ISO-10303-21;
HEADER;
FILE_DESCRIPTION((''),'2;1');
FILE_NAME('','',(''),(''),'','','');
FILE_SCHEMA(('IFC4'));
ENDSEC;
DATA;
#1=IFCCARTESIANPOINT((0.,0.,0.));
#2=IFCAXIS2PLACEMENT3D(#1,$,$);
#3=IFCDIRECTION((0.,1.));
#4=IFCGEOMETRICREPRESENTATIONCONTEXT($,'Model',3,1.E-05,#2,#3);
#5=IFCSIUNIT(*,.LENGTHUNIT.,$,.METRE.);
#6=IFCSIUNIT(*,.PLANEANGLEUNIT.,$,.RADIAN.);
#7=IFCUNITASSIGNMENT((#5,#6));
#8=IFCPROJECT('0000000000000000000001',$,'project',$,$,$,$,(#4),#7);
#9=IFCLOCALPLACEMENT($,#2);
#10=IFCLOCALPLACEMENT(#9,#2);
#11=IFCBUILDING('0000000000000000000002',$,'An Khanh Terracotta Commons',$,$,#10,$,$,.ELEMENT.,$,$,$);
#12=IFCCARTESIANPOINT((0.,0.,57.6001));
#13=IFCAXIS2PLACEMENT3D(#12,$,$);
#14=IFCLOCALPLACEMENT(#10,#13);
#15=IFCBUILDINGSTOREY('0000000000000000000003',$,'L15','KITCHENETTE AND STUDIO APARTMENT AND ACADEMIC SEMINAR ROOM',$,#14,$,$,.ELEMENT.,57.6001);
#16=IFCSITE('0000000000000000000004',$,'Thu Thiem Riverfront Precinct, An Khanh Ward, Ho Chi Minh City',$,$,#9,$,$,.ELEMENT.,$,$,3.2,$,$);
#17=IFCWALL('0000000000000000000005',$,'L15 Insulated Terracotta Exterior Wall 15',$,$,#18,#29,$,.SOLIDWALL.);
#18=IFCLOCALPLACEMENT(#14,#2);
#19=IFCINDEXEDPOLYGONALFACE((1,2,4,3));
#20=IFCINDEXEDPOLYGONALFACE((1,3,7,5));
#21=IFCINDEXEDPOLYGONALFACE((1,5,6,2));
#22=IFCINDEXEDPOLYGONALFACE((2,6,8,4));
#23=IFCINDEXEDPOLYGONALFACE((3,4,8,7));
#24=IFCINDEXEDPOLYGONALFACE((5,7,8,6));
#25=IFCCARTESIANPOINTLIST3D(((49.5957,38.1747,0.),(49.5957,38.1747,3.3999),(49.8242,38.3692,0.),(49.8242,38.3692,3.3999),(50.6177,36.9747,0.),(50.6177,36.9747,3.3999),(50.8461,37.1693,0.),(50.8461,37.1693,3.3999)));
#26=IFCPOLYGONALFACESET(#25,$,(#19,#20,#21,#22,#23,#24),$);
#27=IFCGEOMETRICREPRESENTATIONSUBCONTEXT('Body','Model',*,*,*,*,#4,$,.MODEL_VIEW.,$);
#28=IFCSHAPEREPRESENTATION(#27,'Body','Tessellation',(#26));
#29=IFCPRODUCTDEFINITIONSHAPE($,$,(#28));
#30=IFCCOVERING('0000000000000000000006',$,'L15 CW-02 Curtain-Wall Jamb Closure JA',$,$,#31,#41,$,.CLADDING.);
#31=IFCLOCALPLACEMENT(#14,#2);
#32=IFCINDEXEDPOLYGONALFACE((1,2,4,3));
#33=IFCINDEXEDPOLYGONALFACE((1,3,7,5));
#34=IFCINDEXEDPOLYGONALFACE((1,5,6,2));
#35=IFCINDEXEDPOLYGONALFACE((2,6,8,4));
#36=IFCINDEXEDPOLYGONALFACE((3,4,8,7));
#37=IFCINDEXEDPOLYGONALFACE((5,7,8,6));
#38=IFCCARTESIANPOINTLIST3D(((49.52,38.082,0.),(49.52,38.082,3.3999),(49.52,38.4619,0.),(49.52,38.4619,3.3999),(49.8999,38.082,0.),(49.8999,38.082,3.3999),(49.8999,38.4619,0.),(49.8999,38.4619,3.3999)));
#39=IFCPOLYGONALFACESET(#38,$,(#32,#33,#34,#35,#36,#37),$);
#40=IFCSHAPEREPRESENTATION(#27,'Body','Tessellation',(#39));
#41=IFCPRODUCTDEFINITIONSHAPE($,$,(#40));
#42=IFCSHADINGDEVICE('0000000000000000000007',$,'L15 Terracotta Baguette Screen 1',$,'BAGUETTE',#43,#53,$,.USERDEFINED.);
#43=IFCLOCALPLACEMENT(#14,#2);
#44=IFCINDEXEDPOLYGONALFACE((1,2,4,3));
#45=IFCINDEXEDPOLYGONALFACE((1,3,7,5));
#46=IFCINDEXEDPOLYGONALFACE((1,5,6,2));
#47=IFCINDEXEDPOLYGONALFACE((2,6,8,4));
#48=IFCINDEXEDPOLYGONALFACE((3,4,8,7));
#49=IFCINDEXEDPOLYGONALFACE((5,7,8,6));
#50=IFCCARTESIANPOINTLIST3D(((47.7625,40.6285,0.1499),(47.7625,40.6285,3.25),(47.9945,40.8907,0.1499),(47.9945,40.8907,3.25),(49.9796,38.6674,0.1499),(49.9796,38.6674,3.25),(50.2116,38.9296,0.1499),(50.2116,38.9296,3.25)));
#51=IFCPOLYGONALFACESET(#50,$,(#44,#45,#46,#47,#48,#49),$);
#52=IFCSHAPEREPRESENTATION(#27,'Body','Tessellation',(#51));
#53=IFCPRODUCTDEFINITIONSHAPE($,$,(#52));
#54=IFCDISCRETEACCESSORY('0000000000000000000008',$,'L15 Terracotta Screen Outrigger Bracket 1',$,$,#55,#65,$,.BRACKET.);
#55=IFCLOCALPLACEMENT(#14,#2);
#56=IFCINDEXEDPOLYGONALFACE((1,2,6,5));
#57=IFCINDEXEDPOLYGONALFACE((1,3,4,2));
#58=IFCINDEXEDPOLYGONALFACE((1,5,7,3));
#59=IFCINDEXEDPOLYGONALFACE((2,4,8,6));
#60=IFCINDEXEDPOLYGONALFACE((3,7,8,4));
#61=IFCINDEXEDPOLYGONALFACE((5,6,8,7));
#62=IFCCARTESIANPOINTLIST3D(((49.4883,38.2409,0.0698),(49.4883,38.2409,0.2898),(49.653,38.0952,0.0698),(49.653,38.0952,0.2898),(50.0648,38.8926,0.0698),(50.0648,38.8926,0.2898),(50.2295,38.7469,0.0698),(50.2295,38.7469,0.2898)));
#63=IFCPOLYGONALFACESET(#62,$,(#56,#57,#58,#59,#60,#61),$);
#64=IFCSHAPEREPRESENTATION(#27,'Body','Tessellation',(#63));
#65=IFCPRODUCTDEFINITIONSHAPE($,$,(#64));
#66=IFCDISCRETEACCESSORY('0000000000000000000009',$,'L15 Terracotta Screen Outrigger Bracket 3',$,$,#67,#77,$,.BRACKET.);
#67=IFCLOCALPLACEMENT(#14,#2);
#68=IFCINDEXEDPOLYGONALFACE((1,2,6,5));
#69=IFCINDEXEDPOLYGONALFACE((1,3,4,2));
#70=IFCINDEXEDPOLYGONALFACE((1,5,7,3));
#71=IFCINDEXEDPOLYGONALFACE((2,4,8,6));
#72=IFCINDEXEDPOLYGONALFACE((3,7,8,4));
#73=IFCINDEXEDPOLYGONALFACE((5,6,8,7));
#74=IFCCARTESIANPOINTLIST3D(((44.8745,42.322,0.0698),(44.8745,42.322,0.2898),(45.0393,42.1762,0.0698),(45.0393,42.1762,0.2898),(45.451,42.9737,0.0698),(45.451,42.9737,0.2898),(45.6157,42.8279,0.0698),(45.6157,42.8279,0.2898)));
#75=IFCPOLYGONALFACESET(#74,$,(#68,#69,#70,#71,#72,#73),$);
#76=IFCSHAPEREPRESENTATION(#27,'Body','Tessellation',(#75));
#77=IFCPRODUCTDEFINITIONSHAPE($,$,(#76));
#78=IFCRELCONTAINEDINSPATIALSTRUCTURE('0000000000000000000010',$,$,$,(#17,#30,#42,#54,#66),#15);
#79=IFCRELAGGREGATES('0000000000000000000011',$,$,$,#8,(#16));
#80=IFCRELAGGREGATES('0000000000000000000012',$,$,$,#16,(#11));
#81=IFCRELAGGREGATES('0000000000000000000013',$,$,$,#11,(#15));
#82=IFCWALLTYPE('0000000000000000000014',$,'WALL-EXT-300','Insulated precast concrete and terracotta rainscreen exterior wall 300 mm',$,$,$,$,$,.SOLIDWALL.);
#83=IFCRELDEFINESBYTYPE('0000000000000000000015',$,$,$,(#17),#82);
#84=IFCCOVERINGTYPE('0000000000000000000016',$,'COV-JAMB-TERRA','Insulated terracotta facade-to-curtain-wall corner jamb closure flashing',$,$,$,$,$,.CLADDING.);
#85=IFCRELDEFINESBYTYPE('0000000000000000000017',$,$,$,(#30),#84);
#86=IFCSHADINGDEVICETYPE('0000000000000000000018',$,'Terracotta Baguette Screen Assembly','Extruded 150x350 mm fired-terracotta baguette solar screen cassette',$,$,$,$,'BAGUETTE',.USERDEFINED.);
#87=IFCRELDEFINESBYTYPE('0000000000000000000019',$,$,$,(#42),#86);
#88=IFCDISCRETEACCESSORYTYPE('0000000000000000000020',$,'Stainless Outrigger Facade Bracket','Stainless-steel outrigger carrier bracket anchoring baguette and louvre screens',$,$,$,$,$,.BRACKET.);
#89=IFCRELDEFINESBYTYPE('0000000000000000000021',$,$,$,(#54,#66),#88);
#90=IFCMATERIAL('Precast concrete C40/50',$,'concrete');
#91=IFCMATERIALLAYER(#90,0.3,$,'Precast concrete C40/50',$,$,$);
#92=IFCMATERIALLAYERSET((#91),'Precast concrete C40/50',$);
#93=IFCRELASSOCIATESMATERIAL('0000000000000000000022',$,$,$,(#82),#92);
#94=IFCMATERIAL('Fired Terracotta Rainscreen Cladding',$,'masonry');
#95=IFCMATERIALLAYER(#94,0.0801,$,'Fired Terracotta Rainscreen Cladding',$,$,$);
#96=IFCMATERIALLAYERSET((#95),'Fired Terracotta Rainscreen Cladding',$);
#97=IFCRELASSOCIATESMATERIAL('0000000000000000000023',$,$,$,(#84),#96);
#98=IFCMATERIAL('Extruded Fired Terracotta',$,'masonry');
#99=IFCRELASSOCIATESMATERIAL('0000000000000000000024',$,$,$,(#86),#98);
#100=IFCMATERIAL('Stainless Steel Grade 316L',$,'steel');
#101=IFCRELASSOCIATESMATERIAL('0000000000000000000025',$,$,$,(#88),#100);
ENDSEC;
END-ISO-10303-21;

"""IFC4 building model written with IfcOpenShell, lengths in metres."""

from ifc_helpers import new_model, si_unit, direction, frame, frame_2d, origin, origin_2d, place, context, subcontext, project, spatial, rectangle, extrude, material, layer, layer_set, type_object, element, save


model = new_model("IFC4")

# Units and contexts
model_context = context("Model", 3, precision=1e-05, world=origin(), true_north=direction((0.0, 1.0)))
body_context = subcontext(model_context, "Body", "Model", "MODEL_VIEW")
ifc_project = project(units=[si_unit("LENGTHUNIT", "METRE"), si_unit("PLANEANGLEUNIT", "RADIAN")], contexts=[model_context])

# Site, building, storey
site_placement = place(None, origin())
site = spatial("IfcSite", under=ifc_project, at=site_placement, Name="Thu Thiem Riverfront Precinct, An Khanh Ward, Ho Chi Minh City", CompositionType="ELEMENT", RefElevation=3.2)
building_placement = place(site_placement, origin())
building = spatial("IfcBuilding", under=site, at=building_placement, Name="An Khanh Terracotta Commons", CompositionType="ELEMENT")
storey_placement = place(building_placement, frame((0.0, 0.0, 57.6001)))
storey = spatial("IfcBuildingStorey", under=building, at=storey_placement, Name="L15", Description="KITCHENETTE AND STUDIO APARTMENT AND ACADEMIC SEMINAR ROOM", CompositionType="ELEMENT", Elevation=57.6001)

# Wall
ifc_material_1 = material(Name="Precast concrete C40/50", Category="concrete")
ifc_layer_1 = layer(ifc_material_1, 0.3, Name="Precast concrete C40/50")
ifc_layer_set_1 = layer_set([ifc_layer_1], Name="Precast concrete C40/50")
wall_type = type_object("IfcWallType", Name="WALL-EXT-300", Description="Insulated precast concrete and terracotta rainscreen exterior wall 300 mm", PredefinedType="SOLIDWALL", material=ifc_layer_set_1)
wall_1_placement = place(storey_placement, frame((50.7319, 37.072, 0.0), z_axis=(0.0, 0.0, 1.0), x_axis=(-0.64839, 0.761308, 0.0)))
element("IfcWall", 1, at=wall_1_placement, inside=storey, type_object=wall_type, Name="L15 Insulated Terracotta Exterior Wall 15", PredefinedType="SOLIDWALL", context=body_context, shape_type="SweptSolid", body=[
    extrude(rectangle(XDim=1.5762, YDim=0.3, at=frame_2d((0.7881, 0.0))), origin(), (0.0, 0.0, 1.0), 3.3999),
])

# Covering
ifc_material_2 = material(Name="Fired Terracotta Rainscreen Cladding", Category="masonry")
ifc_layer_2 = layer(ifc_material_2, 0.0801, Name="Fired Terracotta Rainscreen Cladding")
ifc_layer_set_2 = layer_set([ifc_layer_2], Name="Fired Terracotta Rainscreen Cladding")
covering_type = type_object("IfcCoveringType", Name="COV-JAMB-TERRA", Description="Insulated terracotta facade-to-curtain-wall corner jamb closure flashing", PredefinedType="CLADDING", material=ifc_layer_set_2)
covering_placement = place(storey_placement, frame((49.71, 38.272, 0.0), z_axis=(0.0, 0.0, 1.0), x_axis=(1.0, 0.0, 0.0)))
element("IfcCovering", 2, at=covering_placement, inside=storey, type_object=covering_type, Name="L15 CW-02 Curtain-Wall Jamb Closure JA", PredefinedType="CLADDING", context=body_context, shape_type="SweptSolid", body=[
    extrude(rectangle(XDim=0.3799, YDim=0.3799, at=origin_2d()), origin(), (0.0, 0.0, 1.0), 3.3999),
])

# Shading device
ifc_material_3 = material(Name="Extruded Fired Terracotta", Category="masonry")
shading_device_type = type_object("IfcShadingDeviceType", Name="Terracotta Baguette Screen Assembly", Description="Extruded 150x350 mm fired-terracotta baguette solar screen cassette", ElementType="BAGUETTE", PredefinedType="USERDEFINED", material=ifc_material_3)
shading_device_placement = place(storey_placement, frame((48.9871, 39.7791, 0.1499), z_axis=(0.0, 0.0, 1.0), x_axis=(-0.749019, 0.662548, 0.0)))
element("IfcShadingDevice", 3, at=shading_device_placement, inside=storey, type_object=shading_device_type, Name="L15 Terracotta Baguette Screen 1", ObjectType="BAGUETTE", PredefinedType="USERDEFINED", context=body_context, shape_type="SweptSolid", body=[
    extrude(rectangle(XDim=2.96, YDim=0.3501, at=origin_2d()), origin(), (0.0, 0.0, 1.0), 3.1001),
])

# Discrete accessories
ifc_material_4 = material(Name="Stainless Steel Grade 316L", Category="steel")
discrete_accessory_type = type_object("IfcDiscreteAccessoryType", Name="Stainless Outrigger Facade Bracket", Description="Stainless-steel outrigger carrier bracket anchoring baguette and louvre screens", PredefinedType="BRACKET", material=ifc_material_4)
for number, where, z_axis, x_axis, name in (
    (4, (49.8589, 38.4939, 0.0698), (0.0, 0.0, 1.0), (-0.749019, 0.662548, 0.0), "L15 Terracotta Screen Outrigger Bracket 1"),
    (5, (45.2451, 42.575, 0.0698), (0.0, 0.0, 1.0), (-0.749019, 0.662548, 0.0), "L15 Terracotta Screen Outrigger Bracket 3"),
):
    element("IfcDiscreteAccessory", number, at=place(storey_placement, frame(where, z_axis=z_axis, x_axis=x_axis)), inside=storey, type_object=discrete_accessory_type, Name=name, PredefinedType="BRACKET", context=body_context, shape_type="SweptSolid", body=[
        extrude(rectangle(XDim=0.22, YDim=0.8701, at=origin_2d()), origin(), (0.0, 0.0, 1.0), 0.22),
    ])

save(model, "model.ifc")
